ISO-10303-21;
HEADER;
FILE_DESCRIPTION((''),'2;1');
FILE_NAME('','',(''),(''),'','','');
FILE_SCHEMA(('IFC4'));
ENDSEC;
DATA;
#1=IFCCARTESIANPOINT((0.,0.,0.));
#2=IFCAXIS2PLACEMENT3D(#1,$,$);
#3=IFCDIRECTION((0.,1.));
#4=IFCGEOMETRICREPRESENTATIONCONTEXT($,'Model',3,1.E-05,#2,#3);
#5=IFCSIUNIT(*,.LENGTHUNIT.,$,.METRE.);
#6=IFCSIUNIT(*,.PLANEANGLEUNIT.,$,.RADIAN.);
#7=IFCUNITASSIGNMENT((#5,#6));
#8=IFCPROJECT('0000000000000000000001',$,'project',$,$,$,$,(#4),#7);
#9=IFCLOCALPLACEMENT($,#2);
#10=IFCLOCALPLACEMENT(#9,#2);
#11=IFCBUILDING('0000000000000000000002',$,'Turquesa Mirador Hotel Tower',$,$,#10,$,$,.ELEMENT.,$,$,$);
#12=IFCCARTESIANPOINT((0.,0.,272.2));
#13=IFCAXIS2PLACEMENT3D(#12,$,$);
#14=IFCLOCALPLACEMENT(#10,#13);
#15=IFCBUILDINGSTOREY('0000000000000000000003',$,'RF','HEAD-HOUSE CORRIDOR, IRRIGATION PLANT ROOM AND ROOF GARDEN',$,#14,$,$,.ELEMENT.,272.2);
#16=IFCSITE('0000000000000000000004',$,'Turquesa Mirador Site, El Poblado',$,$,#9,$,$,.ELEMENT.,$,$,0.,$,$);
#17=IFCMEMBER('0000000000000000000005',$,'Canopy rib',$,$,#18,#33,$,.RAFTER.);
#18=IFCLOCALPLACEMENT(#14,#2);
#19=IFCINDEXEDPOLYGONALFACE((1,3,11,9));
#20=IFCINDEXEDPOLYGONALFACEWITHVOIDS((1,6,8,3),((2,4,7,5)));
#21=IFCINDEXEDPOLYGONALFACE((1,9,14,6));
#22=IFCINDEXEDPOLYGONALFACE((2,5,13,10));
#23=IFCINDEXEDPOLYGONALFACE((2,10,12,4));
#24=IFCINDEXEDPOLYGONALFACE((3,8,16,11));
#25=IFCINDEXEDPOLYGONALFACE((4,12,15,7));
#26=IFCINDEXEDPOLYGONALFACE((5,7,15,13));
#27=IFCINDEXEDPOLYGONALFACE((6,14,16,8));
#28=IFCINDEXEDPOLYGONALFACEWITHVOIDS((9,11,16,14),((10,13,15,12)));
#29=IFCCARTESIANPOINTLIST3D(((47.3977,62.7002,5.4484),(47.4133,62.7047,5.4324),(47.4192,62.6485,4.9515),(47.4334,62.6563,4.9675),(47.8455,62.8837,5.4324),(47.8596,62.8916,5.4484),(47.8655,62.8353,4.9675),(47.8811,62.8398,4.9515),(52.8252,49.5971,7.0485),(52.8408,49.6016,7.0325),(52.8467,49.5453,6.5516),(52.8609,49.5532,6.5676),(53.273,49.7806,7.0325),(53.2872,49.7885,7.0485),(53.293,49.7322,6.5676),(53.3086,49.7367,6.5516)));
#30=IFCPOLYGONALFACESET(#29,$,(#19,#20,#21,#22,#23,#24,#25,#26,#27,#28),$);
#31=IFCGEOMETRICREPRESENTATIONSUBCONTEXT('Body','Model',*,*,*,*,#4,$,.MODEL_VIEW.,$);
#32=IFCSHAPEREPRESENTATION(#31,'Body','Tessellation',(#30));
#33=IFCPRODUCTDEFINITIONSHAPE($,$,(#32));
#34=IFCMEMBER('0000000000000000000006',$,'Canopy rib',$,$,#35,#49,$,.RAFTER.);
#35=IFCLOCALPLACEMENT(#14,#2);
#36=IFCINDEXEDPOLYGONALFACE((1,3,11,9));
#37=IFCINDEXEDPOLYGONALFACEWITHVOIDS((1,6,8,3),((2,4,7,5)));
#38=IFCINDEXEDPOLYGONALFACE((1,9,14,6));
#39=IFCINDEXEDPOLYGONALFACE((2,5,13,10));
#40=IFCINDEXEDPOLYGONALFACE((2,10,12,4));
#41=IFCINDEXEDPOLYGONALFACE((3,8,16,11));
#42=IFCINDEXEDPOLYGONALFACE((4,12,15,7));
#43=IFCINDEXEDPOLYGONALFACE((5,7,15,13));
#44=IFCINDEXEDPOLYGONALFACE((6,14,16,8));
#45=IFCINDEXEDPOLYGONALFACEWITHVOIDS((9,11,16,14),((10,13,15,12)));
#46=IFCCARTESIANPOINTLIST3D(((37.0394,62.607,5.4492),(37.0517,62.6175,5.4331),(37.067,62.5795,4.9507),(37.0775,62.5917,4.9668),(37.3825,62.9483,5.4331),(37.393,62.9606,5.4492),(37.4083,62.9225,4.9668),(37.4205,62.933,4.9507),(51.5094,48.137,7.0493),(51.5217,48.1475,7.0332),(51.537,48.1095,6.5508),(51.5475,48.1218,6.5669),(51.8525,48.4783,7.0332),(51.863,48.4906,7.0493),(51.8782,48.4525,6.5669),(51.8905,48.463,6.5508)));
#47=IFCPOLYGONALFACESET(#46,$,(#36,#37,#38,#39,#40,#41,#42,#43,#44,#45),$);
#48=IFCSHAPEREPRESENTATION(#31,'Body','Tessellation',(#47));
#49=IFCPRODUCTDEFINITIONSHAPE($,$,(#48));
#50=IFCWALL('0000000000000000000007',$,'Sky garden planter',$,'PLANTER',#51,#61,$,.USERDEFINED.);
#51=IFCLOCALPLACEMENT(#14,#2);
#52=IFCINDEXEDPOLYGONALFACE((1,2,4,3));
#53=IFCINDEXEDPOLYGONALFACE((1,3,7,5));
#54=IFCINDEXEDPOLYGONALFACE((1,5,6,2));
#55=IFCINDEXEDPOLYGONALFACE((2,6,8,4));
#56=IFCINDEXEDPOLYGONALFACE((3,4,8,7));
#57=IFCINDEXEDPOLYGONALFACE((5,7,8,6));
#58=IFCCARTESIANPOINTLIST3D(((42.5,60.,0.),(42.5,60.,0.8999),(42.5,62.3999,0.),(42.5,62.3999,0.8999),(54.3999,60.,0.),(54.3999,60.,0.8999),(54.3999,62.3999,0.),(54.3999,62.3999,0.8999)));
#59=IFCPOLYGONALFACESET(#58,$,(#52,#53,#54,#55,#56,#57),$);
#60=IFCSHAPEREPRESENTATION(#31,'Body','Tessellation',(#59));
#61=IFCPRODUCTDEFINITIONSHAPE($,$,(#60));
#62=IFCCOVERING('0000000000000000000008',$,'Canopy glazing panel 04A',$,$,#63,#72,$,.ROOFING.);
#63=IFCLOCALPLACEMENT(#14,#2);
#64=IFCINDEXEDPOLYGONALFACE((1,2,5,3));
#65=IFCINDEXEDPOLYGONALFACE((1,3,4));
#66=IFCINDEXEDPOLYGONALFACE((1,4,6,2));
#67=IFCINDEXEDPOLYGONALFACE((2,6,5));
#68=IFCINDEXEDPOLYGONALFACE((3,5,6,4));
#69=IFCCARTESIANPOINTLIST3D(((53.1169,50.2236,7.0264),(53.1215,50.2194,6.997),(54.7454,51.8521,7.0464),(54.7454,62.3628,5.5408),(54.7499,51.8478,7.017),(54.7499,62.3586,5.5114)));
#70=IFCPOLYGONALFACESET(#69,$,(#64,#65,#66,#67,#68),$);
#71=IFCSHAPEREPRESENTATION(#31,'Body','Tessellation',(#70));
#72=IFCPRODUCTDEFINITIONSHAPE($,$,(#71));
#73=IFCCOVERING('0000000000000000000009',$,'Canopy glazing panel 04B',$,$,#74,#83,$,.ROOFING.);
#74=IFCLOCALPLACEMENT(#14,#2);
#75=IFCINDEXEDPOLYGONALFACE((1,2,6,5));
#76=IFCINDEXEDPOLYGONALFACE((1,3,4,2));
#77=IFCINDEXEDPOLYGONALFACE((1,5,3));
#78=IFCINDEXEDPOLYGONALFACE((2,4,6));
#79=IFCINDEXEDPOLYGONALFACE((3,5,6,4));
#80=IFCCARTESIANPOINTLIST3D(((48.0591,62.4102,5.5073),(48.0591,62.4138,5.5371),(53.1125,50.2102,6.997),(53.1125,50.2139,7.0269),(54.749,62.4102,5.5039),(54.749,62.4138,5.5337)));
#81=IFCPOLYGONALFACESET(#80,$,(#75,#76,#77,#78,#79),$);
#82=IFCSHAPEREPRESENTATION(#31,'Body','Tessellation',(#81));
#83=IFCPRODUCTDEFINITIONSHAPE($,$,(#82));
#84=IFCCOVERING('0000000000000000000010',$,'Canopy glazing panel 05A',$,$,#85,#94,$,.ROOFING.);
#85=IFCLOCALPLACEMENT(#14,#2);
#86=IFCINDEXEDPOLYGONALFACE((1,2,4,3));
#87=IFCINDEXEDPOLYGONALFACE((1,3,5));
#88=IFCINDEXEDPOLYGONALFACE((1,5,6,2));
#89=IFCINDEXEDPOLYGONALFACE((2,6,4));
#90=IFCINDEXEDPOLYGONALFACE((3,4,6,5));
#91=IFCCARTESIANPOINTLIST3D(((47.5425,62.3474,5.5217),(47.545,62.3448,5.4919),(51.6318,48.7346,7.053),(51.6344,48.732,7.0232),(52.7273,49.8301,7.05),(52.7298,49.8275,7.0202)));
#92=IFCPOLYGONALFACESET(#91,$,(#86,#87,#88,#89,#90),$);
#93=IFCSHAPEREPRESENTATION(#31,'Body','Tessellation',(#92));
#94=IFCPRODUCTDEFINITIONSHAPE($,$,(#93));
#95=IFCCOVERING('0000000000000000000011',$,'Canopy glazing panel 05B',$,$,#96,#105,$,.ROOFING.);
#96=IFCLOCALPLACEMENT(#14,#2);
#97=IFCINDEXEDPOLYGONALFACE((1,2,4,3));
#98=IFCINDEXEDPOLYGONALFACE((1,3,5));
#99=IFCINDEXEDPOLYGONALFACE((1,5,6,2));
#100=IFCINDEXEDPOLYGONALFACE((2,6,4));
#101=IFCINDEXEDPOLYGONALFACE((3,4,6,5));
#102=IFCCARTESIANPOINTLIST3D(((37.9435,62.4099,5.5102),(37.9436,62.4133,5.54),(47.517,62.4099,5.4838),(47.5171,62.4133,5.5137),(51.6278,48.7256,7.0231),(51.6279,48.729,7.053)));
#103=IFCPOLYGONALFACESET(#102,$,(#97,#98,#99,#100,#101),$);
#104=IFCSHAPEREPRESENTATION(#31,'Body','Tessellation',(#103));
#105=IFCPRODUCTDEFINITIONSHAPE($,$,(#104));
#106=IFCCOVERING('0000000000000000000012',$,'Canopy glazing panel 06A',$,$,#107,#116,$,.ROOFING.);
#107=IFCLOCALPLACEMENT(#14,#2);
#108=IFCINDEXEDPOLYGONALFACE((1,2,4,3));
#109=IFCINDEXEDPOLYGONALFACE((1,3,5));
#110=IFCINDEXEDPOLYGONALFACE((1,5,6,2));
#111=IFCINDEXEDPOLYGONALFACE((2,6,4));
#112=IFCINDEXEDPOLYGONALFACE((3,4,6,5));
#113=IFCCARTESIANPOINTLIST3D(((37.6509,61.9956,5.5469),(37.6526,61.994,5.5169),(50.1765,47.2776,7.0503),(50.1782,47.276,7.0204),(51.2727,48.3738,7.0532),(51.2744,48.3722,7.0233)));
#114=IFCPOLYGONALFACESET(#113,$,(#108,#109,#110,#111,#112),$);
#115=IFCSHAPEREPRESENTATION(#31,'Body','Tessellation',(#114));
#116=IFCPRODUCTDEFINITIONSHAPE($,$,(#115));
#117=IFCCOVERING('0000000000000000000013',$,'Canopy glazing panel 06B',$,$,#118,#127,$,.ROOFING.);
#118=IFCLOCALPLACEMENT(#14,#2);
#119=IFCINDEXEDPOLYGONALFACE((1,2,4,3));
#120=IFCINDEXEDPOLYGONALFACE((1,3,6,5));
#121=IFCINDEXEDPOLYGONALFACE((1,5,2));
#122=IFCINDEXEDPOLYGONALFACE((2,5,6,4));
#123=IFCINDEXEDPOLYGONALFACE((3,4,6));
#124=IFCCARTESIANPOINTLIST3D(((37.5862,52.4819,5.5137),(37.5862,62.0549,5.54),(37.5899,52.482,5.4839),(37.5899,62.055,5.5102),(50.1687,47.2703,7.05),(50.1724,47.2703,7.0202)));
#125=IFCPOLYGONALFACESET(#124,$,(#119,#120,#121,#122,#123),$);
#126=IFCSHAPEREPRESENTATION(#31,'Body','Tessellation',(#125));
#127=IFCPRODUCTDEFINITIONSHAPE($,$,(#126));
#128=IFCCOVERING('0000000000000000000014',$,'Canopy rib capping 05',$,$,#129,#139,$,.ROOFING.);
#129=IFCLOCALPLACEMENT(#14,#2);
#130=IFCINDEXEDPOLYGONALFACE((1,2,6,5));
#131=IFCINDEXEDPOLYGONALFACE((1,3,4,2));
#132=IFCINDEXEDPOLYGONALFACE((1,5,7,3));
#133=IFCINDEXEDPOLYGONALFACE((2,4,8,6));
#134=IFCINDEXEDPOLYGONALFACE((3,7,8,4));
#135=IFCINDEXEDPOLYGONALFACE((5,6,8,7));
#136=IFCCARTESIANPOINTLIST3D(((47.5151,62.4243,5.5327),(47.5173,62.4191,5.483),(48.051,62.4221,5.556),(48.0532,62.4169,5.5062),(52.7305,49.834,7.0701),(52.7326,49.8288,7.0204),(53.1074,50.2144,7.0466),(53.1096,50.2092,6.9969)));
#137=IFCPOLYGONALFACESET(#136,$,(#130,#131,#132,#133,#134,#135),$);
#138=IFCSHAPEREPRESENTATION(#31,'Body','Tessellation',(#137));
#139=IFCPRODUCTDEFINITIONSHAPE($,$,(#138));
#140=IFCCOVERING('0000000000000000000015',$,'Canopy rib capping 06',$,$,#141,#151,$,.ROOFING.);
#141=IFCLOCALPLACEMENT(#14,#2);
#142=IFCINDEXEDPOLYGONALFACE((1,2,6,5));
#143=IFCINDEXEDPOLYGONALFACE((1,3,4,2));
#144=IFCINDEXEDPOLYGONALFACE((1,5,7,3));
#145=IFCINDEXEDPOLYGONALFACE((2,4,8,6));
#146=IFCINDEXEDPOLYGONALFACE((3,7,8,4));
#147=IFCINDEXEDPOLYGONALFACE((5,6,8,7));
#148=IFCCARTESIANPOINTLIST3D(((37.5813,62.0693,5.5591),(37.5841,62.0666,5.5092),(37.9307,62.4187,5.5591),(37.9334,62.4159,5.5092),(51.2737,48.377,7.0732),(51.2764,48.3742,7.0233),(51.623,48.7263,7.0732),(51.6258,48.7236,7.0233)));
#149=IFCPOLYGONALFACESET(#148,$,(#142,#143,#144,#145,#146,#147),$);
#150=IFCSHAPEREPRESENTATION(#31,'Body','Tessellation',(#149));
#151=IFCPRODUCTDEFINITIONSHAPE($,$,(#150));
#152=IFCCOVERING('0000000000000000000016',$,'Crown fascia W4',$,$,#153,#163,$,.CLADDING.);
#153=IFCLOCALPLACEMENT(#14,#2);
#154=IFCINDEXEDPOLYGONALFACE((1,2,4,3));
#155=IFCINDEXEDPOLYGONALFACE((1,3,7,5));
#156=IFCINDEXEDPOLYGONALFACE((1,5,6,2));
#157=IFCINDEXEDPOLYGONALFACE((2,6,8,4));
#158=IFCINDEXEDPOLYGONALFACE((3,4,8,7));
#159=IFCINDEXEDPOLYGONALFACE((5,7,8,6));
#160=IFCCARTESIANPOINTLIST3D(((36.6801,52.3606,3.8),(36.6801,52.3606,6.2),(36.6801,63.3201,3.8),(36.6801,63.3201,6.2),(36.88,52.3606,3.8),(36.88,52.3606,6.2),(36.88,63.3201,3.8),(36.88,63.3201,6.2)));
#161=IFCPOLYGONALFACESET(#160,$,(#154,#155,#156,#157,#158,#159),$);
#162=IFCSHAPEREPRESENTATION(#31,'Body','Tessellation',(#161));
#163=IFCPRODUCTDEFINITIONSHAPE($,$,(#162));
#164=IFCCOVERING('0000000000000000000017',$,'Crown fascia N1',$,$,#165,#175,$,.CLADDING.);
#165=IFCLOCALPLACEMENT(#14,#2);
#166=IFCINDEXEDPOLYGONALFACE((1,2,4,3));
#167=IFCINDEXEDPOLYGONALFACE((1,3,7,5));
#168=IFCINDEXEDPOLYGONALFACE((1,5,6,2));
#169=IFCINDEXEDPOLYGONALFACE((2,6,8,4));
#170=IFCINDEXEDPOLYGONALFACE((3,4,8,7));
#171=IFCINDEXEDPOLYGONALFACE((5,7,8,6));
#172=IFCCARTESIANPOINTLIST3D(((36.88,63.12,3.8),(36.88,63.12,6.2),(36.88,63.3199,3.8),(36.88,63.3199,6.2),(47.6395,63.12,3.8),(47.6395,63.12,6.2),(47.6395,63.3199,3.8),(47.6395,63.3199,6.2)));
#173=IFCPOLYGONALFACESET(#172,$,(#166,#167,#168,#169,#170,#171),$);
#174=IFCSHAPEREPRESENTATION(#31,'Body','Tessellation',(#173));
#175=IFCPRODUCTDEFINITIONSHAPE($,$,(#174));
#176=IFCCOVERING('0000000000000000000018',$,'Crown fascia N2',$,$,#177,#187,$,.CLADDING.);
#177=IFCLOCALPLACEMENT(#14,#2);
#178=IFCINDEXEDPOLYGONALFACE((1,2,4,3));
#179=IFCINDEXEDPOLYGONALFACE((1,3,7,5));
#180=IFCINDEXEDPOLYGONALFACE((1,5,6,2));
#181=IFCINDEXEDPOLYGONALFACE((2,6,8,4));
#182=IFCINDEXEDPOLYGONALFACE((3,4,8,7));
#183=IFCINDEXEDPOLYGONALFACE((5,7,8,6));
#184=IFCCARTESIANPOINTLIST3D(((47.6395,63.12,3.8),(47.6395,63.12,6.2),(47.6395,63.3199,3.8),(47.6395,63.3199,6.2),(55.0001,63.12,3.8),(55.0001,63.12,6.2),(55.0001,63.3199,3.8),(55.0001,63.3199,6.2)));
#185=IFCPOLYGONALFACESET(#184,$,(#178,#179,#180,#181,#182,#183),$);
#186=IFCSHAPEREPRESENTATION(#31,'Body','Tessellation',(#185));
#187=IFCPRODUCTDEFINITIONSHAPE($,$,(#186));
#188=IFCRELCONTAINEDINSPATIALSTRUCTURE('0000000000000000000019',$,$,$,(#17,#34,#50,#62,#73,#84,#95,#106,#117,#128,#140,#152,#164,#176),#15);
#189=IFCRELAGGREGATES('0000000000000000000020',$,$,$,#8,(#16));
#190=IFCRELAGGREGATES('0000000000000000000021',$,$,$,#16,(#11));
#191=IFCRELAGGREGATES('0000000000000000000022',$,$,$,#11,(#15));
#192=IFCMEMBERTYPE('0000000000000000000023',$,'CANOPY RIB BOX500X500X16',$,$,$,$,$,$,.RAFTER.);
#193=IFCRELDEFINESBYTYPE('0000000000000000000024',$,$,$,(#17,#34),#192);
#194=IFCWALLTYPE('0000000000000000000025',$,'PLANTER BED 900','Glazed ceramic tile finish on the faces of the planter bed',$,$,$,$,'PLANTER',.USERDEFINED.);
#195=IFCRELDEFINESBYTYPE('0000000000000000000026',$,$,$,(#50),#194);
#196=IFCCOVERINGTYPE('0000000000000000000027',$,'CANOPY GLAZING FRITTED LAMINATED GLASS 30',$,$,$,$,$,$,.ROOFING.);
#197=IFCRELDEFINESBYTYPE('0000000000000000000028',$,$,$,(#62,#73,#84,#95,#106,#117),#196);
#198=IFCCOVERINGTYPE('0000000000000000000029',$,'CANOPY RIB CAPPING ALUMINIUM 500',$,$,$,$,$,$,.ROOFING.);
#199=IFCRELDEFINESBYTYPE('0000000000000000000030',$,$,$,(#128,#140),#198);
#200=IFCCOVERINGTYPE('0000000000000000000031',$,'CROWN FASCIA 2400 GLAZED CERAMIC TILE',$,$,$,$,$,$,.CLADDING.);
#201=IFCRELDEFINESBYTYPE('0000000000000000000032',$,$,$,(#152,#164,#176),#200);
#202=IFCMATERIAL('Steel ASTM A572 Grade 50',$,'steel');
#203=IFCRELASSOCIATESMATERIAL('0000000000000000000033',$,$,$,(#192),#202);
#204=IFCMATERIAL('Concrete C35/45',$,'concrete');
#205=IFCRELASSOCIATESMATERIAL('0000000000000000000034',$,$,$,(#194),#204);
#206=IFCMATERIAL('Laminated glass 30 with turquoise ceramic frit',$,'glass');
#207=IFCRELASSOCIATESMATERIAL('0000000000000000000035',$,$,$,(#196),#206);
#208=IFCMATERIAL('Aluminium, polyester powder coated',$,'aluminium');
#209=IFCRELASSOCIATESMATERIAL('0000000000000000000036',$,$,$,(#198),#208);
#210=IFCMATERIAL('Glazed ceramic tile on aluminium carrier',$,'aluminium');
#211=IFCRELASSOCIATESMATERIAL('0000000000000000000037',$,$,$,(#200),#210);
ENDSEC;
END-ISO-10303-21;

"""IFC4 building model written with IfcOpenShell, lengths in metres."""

from ifc_helpers import new_model, si_unit, direction, frame, origin, origin_2d, place, context, subcontext, project, spatial, polyline, rectangle, hollow_rectangle, outline, extrude, material, material_profile, profile_set, type_object, element, save


model = new_model("IFC4")

# Units and contexts
model_context = context("Model", 3, precision=1e-05, world=origin(), true_north=direction((0.0, 1.0)))
body_context = subcontext(model_context, "Body", "Model", "MODEL_VIEW")
ifc_project = project(units=[si_unit("LENGTHUNIT", "METRE"), si_unit("PLANEANGLEUNIT", "RADIAN")], contexts=[model_context])

# Site, building, storey
site_placement = place(None, origin())
site = spatial("IfcSite", under=ifc_project, at=site_placement, Name="Turquesa Mirador Site, El Poblado", CompositionType="ELEMENT", RefElevation=0.0)
building_placement = place(site_placement, origin())
building = spatial("IfcBuilding", under=site, at=building_placement, Name="Turquesa Mirador Hotel Tower", CompositionType="ELEMENT")
storey_placement = place(building_placement, frame((0.0, 0.0, 272.2)))
storey = spatial("IfcBuildingStorey", under=building, at=storey_placement, Name="RF", Description="HEAD-HOUSE CORRIDOR, IRRIGATION PLANT ROOM AND ROOF GARDEN", CompositionType="ELEMENT", Elevation=272.2)

# Members
ifc_material_1 = material(Name="Steel ASTM A572 Grade 50", Category="steel")
ifc_material_profile_1 = material_profile(ifc_material_1, hollow_rectangle(XDim=0.5, YDim=0.5, WallThickness=0.0161, at=origin_2d()), Name="BOX500X500X16")
ifc_profile_set_1 = profile_set([ifc_material_profile_1], Name="Steel ASTM A572 Grade 50")
member_type_1 = type_object("IfcMemberType", Name="CANOPY RIB BOX500X500X16", PredefinedType="RAFTER", material=ifc_profile_set_1)
member_1_placement = place(storey_placement, frame((47.6394, 62.77, 5.2), z_axis=(0.380273, -0.918054, 0.11211), x_axis=(0.923879, 0.382686, 0.0)))
element("IfcMember", 1, at=member_1_placement, inside=storey, type_object=member_type_1, Name="Canopy rib", PredefinedType="RAFTER", context=body_context, shape_type="SweptSolid", body=[
    extrude(hollow_rectangle(XDim=0.5, YDim=0.5, WallThickness=0.0161, at=origin_2d()), origin(), (0.0, 0.0, 1.0), 14.2727),
])
member_2_placement = place(storey_placement, frame((37.23, 62.77, 5.2), z_axis=(0.704955, -0.704955, 0.077954), x_axis=(0.707107, 0.707107, 0.0)))
element("IfcMember", 2, at=member_2_placement, inside=storey, type_object=member_type_1, Name="Canopy rib", PredefinedType="RAFTER", context=body_context, shape_type="SweptSolid", body=[
    extrude(hollow_rectangle(XDim=0.5, YDim=0.5, WallThickness=0.0161, at=origin_2d()), origin(), (0.0, 0.0, 1.0), 20.5261),
])

# Wall
ifc_material_2 = material(Name="Concrete C35/45", Category="concrete")
wall_type = type_object("IfcWallType", Name="PLANTER BED 900", Description="Glazed ceramic tile finish on the faces of the planter bed", ElementType="PLANTER", PredefinedType="USERDEFINED", material=ifc_material_2)
wall_placement = place(storey_placement, frame((48.45, 61.2, 0.0), z_axis=(0.0, 0.0, 1.0), x_axis=(1.0, 0.0, 0.0)))
element("IfcWall", 3, at=wall_placement, inside=storey, type_object=wall_type, Name="Sky garden planter", ObjectType="PLANTER", PredefinedType="USERDEFINED", context=body_context, shape_type="SweptSolid", body=[
    extrude(rectangle(XDim=11.8999, YDim=2.3999, at=origin_2d()), origin(), (0.0, 0.0, 1.0), 0.8999),
])

# Coverings
ifc_material_3 = material(Name="Laminated glass 30 with turquoise ceramic frit", Category="glass")
covering_type_1 = type_object("IfcCoveringType", Name="CANOPY GLAZING FRITTED LAMINATED GLASS 30", PredefinedType="ROOFING", material=ifc_material_3)
covering_1_placement = place(storey_placement, frame((54.7454, 62.3628, 5.5408), z_axis=(-0.152174, 0.140147, 0.978367), x_axis=(0.0, -0.989896, 0.141798)))
element("IfcCovering", 4, at=covering_1_placement, inside=storey, type_object=covering_type_1, Name="Canopy glazing panel 04A", PredefinedType="ROOFING", context=body_context, shape_type="SweptSolid", body=[
    extrude(outline(polyline([(0.0, 0.0), (10.618, 0.0), (12.2272, -1.6476), (0.0, 0.0)])), origin(), (0.0, 0.0, -1.0), 0.03),
])
covering_2_placement = place(storey_placement, frame((54.749, 62.4138, 5.5337), z_axis=(0.000507, 0.121417, 0.992601), x_axis=(-0.13198, -0.983911, 0.120422)))
element("IfcCovering", 5, at=covering_2_placement, inside=storey, type_object=covering_type_1, Name="Canopy glazing panel 04B", PredefinedType="ROOFING", context=body_context, shape_type="SweptSolid", body=[
    extrude(outline(polyline([(0.0, 0.0), (12.3995, 0.0), (0.8833, -6.6314), (0.0, 0.0)])), origin(), (0.0, 0.0, -1.0), 0.03),
])
covering_3_placement = place(storey_placement, frame((47.5425, 62.3474, 5.5217), z_axis=(-0.083829, 0.086484, 0.99272), x_axis=(0.38027, -0.918058, 0.112092)))
element("IfcCovering", 6, at=covering_3_placement, inside=storey, type_object=covering_type_1, Name="Canopy glazing panel 05A", PredefinedType="ROOFING", context=body_context, shape_type="SweptSolid", body=[
    extrude(outline(polyline([(0.0, 0.0), (13.6346, 0.0), (14.224, -1.4327), (0.0, 0.0)])), origin(), (0.0, 0.0, -1.0), 0.03),
])
covering_4_placement = place(storey_placement, frame((47.5171, 62.4133, 5.5137), z_axis=(0.002737, 0.112593, 0.993637), x_axis=(0.286049, -0.95221, 0.107111)))
element("IfcCovering", 7, at=covering_4_placement, inside=storey, type_object=covering_type_1, Name="Canopy glazing panel 05B", PredefinedType="ROOFING", context=body_context, shape_type="SweptSolid", body=[
    extrude(outline(polyline([(0.0, 0.0), (14.3711, 0.0), (-2.7357, -9.1743), (0.0, 0.0)])), origin(), (0.0, 0.0, -1.0), 0.03),
])
covering_5_placement = place(storey_placement, frame((37.6509, 61.9956, 5.5469), z_axis=(-0.056456, 0.053791, 0.996955), x_axis=(0.704955, -0.704955, 0.077956)))
element("IfcCovering", 8, at=covering_5_placement, inside=storey, type_object=covering_type_1, Name="Canopy glazing panel 06A", PredefinedType="ROOFING", context=body_context, shape_type="SweptSolid", body=[
    extrude(outline(polyline([(0.0, 0.0), (19.323, 0.0), (19.3227, -1.5503), (0.0, 0.0)])), origin(), (0.0, 0.0, -1.0), 0.03),
])
covering_6_placement = place(storey_placement, frame((37.5862, 62.0549, 5.54), z_axis=(-0.122319, -0.002734, 0.992487), x_axis=(0.646162, -0.759251, 0.077545)))
element("IfcCovering", 9, at=covering_6_placement, inside=storey, type_object=covering_type_1, Name="Canopy glazing panel 06B", PredefinedType="ROOFING", context=body_context, shape_type="SweptSolid", body=[
    extrude(outline(polyline([(0.0, 0.0), (19.4727, 0.0), (7.2663, -6.2325), (0.0, 0.0)])), origin(), (0.0, 0.0, -1.0), 0.03),
])
ifc_material_4 = material(Name="Aluminium, polyester powder coated", Category="aluminium")
covering_type_2 = type_object("IfcCoveringType", Name="CANOPY RIB CAPPING ALUMINIUM 500", PredefinedType="ROOFING", material=ifc_material_4)
covering_7_placement = place(storey_placement, frame((47.5151, 62.4243, 5.5327), z_axis=(-0.042679, 0.103661, 0.993697), x_axis=(0.380287, -0.91805, 0.112103)))
element("IfcCovering", 10, at=covering_7_placement, inside=storey, type_object=covering_type_2, Name="Canopy rib capping 05", PredefinedType="ROOFING", context=body_context, shape_type="SweptSolid", body=[
    extrude(outline(polyline([(0.0, 0.0), (13.7142, 0.0), (13.5057, 0.4938), (0.2084, 0.4943), (0.0, 0.0)])), origin(), (0.0, 0.0, -1.0), 0.05),
])
covering_8_placement = place(storey_placement, frame((37.5813, 62.0693, 5.5591), z_axis=(-0.055124, 0.055124, 0.996957), x_axis=(0.704955, -0.704955, 0.077957)))
element("IfcCovering", 11, at=covering_8_placement, inside=storey, type_object=covering_type_2, Name="Canopy rib capping 06", PredefinedType="ROOFING", context=body_context, shape_type="SweptSolid", body=[
    extrude(outline(polyline([(0.0, 0.0), (19.4231, 0.0), (19.4231, 0.4941), (0.0, 0.4941), (0.0, 0.0)])), origin(), (0.0, 0.0, -1.0), 0.05),
])
ifc_material_5 = material(Name="Glazed ceramic tile on aluminium carrier", Category="aluminium")
covering_type_3 = type_object("IfcCoveringType", Name="CROWN FASCIA 2400 GLAZED CERAMIC TILE", PredefinedType="CLADDING", material=ifc_material_5)
covering_9_placement = place(storey_placement, frame((36.78, 57.8403, 3.8), z_axis=(0.0, 0.0, 1.0), x_axis=(1.0, 0.0, 0.0)))
element("IfcCovering", 12, at=covering_9_placement, inside=storey, type_object=covering_type_3, Name="Crown fascia W4", PredefinedType="CLADDING", context=body_context, shape_type="SweptSolid", body=[
    extrude(rectangle(XDim=0.2, YDim=10.9595, at=origin_2d()), origin(), (0.0, 0.0, 1.0), 2.3999),
])
covering_10_placement = place(storey_placement, frame((42.2598, 63.22, 3.8), z_axis=(0.0, 0.0, 1.0), x_axis=(1.0, 0.0, 0.0)))
element("IfcCovering", 13, at=covering_10_placement, inside=storey, type_object=covering_type_3, Name="Crown fascia N1", PredefinedType="CLADDING", context=body_context, shape_type="SweptSolid", body=[
    extrude(rectangle(XDim=10.7595, YDim=0.2, at=origin_2d()), origin(), (0.0, 0.0, 1.0), 2.3999),
])
covering_11_placement = place(storey_placement, frame((51.3198, 63.22, 3.8), z_axis=(0.0, 0.0, 1.0), x_axis=(1.0, 0.0, 0.0)))
element("IfcCovering", 14, at=covering_11_placement, inside=storey, type_object=covering_type_3, Name="Crown fascia N2", PredefinedType="CLADDING", context=body_context, shape_type="SweptSolid", body=[
    extrude(rectangle(XDim=7.3606, YDim=0.2, at=origin_2d()), origin(), (0.0, 0.0, 1.0), 2.3999),
])

save(model, "model.ifc")
